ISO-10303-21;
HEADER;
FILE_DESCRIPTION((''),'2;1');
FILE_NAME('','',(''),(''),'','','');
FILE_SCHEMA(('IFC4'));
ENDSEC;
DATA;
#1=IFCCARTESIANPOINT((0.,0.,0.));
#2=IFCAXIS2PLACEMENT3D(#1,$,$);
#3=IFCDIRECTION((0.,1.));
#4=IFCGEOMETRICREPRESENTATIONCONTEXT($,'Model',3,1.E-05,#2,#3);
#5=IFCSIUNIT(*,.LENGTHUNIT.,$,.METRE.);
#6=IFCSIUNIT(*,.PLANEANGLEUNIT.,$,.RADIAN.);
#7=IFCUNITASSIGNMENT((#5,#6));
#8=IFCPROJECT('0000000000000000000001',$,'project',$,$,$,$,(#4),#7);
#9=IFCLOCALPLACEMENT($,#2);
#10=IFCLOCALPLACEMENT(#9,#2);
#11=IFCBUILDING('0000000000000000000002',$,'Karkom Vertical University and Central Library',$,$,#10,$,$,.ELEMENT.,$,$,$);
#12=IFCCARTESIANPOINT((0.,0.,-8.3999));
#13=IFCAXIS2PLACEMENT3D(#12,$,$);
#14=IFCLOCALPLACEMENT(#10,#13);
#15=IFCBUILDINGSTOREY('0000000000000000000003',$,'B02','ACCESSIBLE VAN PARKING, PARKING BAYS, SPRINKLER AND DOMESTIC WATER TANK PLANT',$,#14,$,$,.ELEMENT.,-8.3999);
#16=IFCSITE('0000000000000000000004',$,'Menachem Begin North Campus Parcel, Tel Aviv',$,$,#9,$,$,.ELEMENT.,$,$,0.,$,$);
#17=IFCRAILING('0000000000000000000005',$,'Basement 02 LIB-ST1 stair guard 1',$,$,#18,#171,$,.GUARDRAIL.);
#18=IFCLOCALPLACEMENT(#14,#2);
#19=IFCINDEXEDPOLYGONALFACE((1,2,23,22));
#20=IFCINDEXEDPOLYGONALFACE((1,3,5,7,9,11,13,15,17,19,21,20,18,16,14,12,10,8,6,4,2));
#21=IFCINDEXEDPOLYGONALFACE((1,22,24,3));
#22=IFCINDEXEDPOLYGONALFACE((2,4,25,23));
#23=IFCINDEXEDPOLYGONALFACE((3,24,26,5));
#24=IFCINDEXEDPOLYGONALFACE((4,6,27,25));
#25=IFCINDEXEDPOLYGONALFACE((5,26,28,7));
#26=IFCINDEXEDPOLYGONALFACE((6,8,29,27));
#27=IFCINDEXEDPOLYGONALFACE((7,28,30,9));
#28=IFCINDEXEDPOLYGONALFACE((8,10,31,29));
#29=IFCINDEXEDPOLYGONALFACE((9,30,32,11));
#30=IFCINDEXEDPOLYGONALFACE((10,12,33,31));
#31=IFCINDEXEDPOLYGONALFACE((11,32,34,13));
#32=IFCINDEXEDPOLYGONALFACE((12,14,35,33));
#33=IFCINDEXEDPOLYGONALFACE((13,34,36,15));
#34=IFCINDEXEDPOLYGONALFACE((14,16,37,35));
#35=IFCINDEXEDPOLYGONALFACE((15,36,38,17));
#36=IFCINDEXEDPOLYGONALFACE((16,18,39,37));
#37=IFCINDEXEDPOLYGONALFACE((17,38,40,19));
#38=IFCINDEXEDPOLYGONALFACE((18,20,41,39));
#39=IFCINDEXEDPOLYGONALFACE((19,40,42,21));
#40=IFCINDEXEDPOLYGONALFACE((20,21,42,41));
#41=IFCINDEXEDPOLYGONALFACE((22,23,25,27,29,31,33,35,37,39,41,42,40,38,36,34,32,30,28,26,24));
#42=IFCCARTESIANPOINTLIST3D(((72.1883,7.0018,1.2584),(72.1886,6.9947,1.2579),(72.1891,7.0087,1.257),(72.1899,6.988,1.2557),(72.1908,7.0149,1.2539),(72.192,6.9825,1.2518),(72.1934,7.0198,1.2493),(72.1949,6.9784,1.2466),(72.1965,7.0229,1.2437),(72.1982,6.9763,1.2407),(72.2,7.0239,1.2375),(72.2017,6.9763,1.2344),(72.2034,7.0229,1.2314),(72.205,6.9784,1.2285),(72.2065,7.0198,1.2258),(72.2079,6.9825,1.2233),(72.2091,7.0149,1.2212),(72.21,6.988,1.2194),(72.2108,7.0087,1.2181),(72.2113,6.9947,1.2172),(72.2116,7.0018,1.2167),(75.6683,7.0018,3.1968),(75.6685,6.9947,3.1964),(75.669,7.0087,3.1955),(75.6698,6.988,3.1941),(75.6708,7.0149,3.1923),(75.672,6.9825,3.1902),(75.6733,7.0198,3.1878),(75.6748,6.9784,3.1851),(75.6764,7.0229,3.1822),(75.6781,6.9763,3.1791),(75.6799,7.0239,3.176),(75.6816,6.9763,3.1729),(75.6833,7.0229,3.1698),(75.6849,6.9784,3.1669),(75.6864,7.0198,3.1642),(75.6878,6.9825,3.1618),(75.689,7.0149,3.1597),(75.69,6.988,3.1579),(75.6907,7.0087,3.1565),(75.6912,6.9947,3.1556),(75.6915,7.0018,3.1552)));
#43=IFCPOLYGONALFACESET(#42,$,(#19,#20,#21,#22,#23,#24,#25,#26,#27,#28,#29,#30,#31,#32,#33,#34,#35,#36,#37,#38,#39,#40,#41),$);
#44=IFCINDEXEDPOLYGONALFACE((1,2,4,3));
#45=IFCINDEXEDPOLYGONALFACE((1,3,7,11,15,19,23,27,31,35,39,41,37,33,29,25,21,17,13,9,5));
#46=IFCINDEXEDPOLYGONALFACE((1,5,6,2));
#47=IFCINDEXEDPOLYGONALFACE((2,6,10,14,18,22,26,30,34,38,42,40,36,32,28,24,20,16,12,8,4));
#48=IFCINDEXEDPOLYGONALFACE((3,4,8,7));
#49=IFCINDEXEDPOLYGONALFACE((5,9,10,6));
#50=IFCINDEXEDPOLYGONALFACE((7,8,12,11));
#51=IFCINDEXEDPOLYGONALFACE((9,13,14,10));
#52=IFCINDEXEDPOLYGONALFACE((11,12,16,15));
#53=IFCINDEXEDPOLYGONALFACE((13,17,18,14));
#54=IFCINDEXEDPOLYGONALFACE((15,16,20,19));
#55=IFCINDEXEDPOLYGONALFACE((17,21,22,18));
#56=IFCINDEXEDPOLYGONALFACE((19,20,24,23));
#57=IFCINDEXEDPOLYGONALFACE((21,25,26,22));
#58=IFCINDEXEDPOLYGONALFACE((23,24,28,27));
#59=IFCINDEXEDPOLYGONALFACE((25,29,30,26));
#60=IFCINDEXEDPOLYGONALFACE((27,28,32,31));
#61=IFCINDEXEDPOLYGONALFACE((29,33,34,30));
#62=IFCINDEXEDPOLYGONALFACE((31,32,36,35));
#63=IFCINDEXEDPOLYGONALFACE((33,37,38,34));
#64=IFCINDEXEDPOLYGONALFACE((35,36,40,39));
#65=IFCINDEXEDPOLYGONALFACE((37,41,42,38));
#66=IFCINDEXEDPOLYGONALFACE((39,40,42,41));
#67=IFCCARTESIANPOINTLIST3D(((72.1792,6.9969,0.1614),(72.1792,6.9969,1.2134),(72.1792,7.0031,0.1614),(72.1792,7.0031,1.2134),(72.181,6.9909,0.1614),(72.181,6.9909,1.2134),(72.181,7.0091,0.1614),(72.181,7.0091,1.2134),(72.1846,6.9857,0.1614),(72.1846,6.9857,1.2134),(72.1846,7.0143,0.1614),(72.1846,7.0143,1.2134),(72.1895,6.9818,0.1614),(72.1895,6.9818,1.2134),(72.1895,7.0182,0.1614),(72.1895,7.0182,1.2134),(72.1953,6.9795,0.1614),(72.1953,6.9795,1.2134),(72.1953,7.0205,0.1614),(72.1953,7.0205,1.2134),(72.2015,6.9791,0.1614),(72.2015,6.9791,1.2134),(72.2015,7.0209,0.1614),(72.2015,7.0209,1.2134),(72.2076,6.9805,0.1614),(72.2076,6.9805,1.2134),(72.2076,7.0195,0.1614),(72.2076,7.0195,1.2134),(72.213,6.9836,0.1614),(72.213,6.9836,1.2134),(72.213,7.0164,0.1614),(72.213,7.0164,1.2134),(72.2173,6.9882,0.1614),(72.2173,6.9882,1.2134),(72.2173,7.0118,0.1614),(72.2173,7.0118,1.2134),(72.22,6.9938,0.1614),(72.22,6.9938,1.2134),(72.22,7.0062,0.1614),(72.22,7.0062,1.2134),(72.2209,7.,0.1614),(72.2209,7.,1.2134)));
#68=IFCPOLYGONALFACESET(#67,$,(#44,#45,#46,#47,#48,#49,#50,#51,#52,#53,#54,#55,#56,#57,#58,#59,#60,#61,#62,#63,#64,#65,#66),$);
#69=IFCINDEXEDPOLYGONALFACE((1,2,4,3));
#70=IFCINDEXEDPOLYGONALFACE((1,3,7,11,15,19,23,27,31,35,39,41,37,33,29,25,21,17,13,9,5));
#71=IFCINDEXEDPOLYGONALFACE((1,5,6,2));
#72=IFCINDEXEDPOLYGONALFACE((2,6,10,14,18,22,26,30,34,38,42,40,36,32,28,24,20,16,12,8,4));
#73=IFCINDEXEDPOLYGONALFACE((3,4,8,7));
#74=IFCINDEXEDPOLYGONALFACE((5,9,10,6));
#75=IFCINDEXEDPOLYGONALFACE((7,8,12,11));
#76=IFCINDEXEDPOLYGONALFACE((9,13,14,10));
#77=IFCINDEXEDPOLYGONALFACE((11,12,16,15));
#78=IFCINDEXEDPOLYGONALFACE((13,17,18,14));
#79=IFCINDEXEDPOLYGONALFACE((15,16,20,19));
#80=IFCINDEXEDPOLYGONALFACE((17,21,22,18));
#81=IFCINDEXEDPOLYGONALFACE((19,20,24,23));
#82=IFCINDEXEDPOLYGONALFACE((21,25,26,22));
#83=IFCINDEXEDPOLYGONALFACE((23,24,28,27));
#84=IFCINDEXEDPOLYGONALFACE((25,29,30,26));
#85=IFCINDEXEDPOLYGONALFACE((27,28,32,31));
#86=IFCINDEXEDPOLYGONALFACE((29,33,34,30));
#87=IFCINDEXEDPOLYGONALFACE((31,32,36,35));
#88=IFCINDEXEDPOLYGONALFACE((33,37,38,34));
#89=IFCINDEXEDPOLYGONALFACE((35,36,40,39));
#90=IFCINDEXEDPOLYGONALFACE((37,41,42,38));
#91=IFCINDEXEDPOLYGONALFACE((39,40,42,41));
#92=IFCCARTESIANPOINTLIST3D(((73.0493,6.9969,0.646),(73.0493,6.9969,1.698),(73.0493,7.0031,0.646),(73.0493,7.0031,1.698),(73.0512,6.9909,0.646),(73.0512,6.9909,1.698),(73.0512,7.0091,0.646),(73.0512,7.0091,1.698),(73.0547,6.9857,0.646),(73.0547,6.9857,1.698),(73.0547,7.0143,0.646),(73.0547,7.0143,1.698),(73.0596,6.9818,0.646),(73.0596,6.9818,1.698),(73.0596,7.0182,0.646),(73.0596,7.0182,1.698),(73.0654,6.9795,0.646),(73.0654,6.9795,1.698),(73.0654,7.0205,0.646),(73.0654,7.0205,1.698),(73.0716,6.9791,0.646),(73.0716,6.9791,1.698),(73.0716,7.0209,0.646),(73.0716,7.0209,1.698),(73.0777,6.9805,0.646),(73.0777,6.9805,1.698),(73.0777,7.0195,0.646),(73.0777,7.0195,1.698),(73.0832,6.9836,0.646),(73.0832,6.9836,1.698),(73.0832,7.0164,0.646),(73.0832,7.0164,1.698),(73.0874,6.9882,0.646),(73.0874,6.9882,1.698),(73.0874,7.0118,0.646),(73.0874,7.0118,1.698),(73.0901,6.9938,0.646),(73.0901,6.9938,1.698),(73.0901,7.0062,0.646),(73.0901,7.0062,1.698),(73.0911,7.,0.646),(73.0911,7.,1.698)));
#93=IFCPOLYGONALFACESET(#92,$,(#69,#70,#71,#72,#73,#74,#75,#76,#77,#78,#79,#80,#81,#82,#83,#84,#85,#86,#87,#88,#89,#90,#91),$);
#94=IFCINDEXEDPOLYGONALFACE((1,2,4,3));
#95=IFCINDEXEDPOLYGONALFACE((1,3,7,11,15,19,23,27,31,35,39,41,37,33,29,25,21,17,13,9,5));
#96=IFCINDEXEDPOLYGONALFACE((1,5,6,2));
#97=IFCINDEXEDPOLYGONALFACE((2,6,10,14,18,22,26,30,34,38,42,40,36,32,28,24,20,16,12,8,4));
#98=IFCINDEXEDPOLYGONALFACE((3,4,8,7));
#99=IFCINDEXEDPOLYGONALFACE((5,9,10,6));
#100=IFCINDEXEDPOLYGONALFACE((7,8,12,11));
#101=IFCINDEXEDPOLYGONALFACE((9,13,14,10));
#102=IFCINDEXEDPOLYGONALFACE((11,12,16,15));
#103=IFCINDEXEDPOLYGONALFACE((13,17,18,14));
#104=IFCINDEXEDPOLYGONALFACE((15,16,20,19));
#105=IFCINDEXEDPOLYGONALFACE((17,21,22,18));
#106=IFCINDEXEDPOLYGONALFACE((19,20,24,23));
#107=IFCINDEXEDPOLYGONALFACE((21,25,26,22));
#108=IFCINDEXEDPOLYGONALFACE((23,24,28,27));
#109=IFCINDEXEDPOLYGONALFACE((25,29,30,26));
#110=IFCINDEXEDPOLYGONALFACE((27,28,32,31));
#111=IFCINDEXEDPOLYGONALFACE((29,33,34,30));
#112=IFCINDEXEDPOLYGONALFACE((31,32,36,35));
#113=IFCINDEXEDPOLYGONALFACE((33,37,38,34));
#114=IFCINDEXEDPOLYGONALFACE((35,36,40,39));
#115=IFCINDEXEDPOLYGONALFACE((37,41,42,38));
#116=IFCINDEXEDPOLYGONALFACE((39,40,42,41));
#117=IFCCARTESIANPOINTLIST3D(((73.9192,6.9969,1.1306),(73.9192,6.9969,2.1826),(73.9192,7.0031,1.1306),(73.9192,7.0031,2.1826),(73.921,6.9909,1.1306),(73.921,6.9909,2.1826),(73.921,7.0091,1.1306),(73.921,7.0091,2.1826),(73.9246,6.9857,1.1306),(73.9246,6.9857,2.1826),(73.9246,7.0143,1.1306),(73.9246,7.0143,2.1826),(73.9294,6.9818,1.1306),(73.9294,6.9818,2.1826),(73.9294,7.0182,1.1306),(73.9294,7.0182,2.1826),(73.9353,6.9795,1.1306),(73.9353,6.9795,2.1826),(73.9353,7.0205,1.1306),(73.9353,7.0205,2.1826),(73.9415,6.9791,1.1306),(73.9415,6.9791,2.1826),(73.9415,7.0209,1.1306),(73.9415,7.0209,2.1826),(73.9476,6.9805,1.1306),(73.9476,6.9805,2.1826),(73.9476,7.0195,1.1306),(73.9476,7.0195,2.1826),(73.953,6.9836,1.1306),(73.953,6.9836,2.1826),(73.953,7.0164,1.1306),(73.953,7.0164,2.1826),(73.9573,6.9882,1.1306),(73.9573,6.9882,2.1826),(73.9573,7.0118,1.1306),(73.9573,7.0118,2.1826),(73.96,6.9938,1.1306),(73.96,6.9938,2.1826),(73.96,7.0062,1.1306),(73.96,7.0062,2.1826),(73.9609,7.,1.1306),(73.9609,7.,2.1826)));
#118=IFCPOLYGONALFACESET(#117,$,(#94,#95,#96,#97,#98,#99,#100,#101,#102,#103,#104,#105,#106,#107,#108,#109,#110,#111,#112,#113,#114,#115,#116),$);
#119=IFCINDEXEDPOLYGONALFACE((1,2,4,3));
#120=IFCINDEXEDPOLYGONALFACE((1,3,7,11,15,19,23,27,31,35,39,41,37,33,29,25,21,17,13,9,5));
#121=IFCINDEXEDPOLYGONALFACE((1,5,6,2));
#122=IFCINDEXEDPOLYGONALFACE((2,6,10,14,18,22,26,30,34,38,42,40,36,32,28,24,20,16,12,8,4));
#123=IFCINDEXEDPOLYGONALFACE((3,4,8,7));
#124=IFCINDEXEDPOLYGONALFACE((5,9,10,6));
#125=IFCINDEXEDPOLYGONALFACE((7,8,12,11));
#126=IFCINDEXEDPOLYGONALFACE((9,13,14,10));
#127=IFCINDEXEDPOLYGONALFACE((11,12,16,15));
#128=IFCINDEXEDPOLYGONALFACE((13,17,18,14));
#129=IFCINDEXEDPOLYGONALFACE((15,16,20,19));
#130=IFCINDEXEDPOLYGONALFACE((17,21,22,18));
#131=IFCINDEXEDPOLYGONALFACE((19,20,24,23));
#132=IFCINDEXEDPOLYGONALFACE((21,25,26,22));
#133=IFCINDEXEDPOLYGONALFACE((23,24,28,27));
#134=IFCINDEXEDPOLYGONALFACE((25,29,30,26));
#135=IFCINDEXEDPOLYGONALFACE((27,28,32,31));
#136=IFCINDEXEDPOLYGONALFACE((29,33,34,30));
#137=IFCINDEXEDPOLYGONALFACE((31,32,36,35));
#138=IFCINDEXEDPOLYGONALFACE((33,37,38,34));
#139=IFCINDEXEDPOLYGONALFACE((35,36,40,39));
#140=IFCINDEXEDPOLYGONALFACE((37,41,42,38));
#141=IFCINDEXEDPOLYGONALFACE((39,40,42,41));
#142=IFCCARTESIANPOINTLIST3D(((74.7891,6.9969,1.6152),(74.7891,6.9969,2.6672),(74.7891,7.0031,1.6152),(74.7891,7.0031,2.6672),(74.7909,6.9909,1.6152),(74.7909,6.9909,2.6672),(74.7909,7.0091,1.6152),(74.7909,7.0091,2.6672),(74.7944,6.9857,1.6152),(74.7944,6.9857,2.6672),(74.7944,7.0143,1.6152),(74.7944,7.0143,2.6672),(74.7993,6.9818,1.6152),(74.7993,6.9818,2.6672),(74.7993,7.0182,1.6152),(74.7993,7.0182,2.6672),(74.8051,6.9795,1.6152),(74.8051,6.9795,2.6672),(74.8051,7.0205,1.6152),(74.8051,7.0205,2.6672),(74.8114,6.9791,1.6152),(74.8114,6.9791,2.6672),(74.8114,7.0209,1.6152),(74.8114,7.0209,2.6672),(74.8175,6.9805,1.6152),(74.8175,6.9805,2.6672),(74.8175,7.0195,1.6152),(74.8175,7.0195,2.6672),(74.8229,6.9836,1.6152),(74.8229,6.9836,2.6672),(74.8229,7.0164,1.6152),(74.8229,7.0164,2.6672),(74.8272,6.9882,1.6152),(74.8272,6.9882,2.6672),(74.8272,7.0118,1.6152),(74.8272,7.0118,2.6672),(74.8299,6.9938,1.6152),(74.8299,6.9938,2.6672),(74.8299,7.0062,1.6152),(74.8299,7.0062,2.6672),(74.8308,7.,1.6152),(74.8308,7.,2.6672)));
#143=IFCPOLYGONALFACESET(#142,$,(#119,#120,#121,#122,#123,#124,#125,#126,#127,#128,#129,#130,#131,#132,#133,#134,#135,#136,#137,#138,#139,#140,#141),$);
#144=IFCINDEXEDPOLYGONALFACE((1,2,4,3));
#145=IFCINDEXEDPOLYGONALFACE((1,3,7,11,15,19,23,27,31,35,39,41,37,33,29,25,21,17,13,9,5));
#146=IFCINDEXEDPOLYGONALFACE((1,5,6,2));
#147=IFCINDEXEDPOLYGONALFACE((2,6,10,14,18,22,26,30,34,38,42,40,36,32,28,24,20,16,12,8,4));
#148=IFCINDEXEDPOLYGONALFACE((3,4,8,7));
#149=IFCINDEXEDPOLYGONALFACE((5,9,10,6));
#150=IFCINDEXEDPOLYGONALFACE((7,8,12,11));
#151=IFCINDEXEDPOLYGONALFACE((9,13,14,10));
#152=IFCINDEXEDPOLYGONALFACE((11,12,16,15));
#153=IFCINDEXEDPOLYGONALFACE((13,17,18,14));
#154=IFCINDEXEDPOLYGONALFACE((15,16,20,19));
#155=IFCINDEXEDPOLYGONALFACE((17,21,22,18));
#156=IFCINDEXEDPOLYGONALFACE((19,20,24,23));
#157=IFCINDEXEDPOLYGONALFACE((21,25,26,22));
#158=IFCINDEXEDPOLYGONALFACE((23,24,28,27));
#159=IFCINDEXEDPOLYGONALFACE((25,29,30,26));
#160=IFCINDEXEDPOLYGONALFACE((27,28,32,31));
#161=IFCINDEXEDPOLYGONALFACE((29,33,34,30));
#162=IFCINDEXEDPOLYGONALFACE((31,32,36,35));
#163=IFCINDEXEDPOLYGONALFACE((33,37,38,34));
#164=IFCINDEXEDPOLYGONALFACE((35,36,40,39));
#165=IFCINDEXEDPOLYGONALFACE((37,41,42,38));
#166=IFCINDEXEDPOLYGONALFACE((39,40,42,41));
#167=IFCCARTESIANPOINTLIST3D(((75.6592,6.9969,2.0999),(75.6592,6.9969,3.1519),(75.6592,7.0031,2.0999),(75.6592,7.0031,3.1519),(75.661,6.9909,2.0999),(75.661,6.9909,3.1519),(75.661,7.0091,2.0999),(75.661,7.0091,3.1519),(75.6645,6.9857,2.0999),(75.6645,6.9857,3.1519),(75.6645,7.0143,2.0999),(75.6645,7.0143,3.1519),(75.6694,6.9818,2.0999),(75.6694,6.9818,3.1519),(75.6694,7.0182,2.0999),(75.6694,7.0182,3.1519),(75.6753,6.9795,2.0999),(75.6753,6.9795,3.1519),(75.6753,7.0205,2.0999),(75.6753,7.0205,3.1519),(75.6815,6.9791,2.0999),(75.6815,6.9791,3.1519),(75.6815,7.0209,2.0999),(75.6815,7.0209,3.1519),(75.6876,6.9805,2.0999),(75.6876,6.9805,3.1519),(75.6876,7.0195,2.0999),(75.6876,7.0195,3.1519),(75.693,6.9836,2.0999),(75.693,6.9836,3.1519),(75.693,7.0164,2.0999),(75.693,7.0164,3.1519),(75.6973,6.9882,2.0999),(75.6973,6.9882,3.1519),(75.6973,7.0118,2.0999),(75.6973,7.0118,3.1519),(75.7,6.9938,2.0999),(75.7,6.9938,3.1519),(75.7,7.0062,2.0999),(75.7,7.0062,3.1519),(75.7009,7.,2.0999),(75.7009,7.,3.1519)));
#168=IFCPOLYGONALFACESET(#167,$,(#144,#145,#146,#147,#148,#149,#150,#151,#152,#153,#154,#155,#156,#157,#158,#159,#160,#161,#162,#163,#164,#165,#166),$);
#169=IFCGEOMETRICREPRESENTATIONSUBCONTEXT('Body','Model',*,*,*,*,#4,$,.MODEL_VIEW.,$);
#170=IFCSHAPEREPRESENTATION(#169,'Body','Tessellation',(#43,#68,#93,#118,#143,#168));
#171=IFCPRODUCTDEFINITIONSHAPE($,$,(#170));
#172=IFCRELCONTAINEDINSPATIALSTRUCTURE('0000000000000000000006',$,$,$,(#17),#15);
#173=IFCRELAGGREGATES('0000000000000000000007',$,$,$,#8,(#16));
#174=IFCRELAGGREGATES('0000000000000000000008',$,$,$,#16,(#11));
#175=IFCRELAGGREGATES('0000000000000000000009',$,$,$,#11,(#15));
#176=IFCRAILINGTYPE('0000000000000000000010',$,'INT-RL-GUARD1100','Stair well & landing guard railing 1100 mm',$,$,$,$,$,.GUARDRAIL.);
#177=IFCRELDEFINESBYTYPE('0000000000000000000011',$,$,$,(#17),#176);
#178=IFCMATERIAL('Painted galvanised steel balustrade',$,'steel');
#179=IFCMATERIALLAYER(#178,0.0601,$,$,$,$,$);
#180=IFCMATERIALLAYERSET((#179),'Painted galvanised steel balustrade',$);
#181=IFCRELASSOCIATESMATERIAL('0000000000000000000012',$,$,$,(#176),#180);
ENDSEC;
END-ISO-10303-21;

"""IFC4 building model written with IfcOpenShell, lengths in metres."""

from ifc_helpers import new_model, si_unit, direction, frame, origin, origin_2d, place, context, subcontext, project, spatial, circle, extrude, material, layer, layer_set, type_object, element, save


model = new_model("IFC4")

# Units and contexts
model_context = context("Model", 3, precision=1e-05, world=origin(), true_north=direction((0.0, 1.0)))
body_context = subcontext(model_context, "Body", "Model", "MODEL_VIEW")
ifc_project = project(units=[si_unit("LENGTHUNIT", "METRE"), si_unit("PLANEANGLEUNIT", "RADIAN")], contexts=[model_context])

# Site, building, storey
site_placement = place(None, origin())
site = spatial("IfcSite", under=ifc_project, at=site_placement, Name="Menachem Begin North Campus Parcel, Tel Aviv", CompositionType="ELEMENT", RefElevation=0.0)
building_placement = place(site_placement, origin())
building = spatial("IfcBuilding", under=site, at=building_placement, Name="Karkom Vertical University and Central Library", CompositionType="ELEMENT")
storey_placement = place(building_placement, frame((0.0, 0.0, -8.3999)))
storey = spatial("IfcBuildingStorey", under=building, at=storey_placement, Name="B02", Description="ACCESSIBLE VAN PARKING, PARKING BAYS, SPRINKLER AND DOMESTIC WATER TANK PLANT", CompositionType="ELEMENT", Elevation=-8.3999)

# Railing
ifc_material_1 = material(Name="Painted galvanised steel balustrade", Category="steel")
ifc_layer_1 = layer(ifc_material_1, 0.0601)
ifc_layer_set_1 = layer_set([ifc_layer_1], Name="Painted galvanised steel balustrade")
railing_type_1 = type_object("IfcRailingType", Name="INT-RL-GUARD1100", Description="Stair well & landing guard railing 1100 mm", PredefinedType="GUARDRAIL", material=ifc_layer_set_1)
railing_1_placement = place(storey_placement, frame((72.2, 7.0, 0.1614)))
element("IfcRailing", 1, at=railing_1_placement, inside=storey, type_object=railing_type_1, Name="Basement 02 LIB-ST1 stair guard 1", PredefinedType="GUARDRAIL", context=body_context, shape_type="SweptSolid", body=[
    extrude(circle(Radius=0.0239, at=origin_2d()), frame((0.0, 0.0, 1.0762), z_axis=(0.873607, 0.0, 0.486631), x_axis=(0.0, 1.0, 0.0)), (0.0, 0.0, 1.0), 3.9834),
    extrude(circle(Radius=0.021, at=origin_2d()), origin(), (0.0, 0.0, 1.0), 1.052),
    extrude(circle(Radius=0.021, at=origin_2d()), frame((0.8701, 0.0, 0.4846)), (0.0, 0.0, 1.0), 1.052),
    extrude(circle(Radius=0.021, at=origin_2d()), frame((1.74, 0.0, 0.9692)), (0.0, 0.0, 1.0), 1.052),
    extrude(circle(Radius=0.021, at=origin_2d()), frame((2.6099, 0.0, 1.4539)), (0.0, 0.0, 1.0), 1.052),
    extrude(circle(Radius=0.021, at=origin_2d()), frame((3.48, 0.0, 1.9385)), (0.0, 0.0, 1.0), 1.052),
])

save(model, "model.ifc")
